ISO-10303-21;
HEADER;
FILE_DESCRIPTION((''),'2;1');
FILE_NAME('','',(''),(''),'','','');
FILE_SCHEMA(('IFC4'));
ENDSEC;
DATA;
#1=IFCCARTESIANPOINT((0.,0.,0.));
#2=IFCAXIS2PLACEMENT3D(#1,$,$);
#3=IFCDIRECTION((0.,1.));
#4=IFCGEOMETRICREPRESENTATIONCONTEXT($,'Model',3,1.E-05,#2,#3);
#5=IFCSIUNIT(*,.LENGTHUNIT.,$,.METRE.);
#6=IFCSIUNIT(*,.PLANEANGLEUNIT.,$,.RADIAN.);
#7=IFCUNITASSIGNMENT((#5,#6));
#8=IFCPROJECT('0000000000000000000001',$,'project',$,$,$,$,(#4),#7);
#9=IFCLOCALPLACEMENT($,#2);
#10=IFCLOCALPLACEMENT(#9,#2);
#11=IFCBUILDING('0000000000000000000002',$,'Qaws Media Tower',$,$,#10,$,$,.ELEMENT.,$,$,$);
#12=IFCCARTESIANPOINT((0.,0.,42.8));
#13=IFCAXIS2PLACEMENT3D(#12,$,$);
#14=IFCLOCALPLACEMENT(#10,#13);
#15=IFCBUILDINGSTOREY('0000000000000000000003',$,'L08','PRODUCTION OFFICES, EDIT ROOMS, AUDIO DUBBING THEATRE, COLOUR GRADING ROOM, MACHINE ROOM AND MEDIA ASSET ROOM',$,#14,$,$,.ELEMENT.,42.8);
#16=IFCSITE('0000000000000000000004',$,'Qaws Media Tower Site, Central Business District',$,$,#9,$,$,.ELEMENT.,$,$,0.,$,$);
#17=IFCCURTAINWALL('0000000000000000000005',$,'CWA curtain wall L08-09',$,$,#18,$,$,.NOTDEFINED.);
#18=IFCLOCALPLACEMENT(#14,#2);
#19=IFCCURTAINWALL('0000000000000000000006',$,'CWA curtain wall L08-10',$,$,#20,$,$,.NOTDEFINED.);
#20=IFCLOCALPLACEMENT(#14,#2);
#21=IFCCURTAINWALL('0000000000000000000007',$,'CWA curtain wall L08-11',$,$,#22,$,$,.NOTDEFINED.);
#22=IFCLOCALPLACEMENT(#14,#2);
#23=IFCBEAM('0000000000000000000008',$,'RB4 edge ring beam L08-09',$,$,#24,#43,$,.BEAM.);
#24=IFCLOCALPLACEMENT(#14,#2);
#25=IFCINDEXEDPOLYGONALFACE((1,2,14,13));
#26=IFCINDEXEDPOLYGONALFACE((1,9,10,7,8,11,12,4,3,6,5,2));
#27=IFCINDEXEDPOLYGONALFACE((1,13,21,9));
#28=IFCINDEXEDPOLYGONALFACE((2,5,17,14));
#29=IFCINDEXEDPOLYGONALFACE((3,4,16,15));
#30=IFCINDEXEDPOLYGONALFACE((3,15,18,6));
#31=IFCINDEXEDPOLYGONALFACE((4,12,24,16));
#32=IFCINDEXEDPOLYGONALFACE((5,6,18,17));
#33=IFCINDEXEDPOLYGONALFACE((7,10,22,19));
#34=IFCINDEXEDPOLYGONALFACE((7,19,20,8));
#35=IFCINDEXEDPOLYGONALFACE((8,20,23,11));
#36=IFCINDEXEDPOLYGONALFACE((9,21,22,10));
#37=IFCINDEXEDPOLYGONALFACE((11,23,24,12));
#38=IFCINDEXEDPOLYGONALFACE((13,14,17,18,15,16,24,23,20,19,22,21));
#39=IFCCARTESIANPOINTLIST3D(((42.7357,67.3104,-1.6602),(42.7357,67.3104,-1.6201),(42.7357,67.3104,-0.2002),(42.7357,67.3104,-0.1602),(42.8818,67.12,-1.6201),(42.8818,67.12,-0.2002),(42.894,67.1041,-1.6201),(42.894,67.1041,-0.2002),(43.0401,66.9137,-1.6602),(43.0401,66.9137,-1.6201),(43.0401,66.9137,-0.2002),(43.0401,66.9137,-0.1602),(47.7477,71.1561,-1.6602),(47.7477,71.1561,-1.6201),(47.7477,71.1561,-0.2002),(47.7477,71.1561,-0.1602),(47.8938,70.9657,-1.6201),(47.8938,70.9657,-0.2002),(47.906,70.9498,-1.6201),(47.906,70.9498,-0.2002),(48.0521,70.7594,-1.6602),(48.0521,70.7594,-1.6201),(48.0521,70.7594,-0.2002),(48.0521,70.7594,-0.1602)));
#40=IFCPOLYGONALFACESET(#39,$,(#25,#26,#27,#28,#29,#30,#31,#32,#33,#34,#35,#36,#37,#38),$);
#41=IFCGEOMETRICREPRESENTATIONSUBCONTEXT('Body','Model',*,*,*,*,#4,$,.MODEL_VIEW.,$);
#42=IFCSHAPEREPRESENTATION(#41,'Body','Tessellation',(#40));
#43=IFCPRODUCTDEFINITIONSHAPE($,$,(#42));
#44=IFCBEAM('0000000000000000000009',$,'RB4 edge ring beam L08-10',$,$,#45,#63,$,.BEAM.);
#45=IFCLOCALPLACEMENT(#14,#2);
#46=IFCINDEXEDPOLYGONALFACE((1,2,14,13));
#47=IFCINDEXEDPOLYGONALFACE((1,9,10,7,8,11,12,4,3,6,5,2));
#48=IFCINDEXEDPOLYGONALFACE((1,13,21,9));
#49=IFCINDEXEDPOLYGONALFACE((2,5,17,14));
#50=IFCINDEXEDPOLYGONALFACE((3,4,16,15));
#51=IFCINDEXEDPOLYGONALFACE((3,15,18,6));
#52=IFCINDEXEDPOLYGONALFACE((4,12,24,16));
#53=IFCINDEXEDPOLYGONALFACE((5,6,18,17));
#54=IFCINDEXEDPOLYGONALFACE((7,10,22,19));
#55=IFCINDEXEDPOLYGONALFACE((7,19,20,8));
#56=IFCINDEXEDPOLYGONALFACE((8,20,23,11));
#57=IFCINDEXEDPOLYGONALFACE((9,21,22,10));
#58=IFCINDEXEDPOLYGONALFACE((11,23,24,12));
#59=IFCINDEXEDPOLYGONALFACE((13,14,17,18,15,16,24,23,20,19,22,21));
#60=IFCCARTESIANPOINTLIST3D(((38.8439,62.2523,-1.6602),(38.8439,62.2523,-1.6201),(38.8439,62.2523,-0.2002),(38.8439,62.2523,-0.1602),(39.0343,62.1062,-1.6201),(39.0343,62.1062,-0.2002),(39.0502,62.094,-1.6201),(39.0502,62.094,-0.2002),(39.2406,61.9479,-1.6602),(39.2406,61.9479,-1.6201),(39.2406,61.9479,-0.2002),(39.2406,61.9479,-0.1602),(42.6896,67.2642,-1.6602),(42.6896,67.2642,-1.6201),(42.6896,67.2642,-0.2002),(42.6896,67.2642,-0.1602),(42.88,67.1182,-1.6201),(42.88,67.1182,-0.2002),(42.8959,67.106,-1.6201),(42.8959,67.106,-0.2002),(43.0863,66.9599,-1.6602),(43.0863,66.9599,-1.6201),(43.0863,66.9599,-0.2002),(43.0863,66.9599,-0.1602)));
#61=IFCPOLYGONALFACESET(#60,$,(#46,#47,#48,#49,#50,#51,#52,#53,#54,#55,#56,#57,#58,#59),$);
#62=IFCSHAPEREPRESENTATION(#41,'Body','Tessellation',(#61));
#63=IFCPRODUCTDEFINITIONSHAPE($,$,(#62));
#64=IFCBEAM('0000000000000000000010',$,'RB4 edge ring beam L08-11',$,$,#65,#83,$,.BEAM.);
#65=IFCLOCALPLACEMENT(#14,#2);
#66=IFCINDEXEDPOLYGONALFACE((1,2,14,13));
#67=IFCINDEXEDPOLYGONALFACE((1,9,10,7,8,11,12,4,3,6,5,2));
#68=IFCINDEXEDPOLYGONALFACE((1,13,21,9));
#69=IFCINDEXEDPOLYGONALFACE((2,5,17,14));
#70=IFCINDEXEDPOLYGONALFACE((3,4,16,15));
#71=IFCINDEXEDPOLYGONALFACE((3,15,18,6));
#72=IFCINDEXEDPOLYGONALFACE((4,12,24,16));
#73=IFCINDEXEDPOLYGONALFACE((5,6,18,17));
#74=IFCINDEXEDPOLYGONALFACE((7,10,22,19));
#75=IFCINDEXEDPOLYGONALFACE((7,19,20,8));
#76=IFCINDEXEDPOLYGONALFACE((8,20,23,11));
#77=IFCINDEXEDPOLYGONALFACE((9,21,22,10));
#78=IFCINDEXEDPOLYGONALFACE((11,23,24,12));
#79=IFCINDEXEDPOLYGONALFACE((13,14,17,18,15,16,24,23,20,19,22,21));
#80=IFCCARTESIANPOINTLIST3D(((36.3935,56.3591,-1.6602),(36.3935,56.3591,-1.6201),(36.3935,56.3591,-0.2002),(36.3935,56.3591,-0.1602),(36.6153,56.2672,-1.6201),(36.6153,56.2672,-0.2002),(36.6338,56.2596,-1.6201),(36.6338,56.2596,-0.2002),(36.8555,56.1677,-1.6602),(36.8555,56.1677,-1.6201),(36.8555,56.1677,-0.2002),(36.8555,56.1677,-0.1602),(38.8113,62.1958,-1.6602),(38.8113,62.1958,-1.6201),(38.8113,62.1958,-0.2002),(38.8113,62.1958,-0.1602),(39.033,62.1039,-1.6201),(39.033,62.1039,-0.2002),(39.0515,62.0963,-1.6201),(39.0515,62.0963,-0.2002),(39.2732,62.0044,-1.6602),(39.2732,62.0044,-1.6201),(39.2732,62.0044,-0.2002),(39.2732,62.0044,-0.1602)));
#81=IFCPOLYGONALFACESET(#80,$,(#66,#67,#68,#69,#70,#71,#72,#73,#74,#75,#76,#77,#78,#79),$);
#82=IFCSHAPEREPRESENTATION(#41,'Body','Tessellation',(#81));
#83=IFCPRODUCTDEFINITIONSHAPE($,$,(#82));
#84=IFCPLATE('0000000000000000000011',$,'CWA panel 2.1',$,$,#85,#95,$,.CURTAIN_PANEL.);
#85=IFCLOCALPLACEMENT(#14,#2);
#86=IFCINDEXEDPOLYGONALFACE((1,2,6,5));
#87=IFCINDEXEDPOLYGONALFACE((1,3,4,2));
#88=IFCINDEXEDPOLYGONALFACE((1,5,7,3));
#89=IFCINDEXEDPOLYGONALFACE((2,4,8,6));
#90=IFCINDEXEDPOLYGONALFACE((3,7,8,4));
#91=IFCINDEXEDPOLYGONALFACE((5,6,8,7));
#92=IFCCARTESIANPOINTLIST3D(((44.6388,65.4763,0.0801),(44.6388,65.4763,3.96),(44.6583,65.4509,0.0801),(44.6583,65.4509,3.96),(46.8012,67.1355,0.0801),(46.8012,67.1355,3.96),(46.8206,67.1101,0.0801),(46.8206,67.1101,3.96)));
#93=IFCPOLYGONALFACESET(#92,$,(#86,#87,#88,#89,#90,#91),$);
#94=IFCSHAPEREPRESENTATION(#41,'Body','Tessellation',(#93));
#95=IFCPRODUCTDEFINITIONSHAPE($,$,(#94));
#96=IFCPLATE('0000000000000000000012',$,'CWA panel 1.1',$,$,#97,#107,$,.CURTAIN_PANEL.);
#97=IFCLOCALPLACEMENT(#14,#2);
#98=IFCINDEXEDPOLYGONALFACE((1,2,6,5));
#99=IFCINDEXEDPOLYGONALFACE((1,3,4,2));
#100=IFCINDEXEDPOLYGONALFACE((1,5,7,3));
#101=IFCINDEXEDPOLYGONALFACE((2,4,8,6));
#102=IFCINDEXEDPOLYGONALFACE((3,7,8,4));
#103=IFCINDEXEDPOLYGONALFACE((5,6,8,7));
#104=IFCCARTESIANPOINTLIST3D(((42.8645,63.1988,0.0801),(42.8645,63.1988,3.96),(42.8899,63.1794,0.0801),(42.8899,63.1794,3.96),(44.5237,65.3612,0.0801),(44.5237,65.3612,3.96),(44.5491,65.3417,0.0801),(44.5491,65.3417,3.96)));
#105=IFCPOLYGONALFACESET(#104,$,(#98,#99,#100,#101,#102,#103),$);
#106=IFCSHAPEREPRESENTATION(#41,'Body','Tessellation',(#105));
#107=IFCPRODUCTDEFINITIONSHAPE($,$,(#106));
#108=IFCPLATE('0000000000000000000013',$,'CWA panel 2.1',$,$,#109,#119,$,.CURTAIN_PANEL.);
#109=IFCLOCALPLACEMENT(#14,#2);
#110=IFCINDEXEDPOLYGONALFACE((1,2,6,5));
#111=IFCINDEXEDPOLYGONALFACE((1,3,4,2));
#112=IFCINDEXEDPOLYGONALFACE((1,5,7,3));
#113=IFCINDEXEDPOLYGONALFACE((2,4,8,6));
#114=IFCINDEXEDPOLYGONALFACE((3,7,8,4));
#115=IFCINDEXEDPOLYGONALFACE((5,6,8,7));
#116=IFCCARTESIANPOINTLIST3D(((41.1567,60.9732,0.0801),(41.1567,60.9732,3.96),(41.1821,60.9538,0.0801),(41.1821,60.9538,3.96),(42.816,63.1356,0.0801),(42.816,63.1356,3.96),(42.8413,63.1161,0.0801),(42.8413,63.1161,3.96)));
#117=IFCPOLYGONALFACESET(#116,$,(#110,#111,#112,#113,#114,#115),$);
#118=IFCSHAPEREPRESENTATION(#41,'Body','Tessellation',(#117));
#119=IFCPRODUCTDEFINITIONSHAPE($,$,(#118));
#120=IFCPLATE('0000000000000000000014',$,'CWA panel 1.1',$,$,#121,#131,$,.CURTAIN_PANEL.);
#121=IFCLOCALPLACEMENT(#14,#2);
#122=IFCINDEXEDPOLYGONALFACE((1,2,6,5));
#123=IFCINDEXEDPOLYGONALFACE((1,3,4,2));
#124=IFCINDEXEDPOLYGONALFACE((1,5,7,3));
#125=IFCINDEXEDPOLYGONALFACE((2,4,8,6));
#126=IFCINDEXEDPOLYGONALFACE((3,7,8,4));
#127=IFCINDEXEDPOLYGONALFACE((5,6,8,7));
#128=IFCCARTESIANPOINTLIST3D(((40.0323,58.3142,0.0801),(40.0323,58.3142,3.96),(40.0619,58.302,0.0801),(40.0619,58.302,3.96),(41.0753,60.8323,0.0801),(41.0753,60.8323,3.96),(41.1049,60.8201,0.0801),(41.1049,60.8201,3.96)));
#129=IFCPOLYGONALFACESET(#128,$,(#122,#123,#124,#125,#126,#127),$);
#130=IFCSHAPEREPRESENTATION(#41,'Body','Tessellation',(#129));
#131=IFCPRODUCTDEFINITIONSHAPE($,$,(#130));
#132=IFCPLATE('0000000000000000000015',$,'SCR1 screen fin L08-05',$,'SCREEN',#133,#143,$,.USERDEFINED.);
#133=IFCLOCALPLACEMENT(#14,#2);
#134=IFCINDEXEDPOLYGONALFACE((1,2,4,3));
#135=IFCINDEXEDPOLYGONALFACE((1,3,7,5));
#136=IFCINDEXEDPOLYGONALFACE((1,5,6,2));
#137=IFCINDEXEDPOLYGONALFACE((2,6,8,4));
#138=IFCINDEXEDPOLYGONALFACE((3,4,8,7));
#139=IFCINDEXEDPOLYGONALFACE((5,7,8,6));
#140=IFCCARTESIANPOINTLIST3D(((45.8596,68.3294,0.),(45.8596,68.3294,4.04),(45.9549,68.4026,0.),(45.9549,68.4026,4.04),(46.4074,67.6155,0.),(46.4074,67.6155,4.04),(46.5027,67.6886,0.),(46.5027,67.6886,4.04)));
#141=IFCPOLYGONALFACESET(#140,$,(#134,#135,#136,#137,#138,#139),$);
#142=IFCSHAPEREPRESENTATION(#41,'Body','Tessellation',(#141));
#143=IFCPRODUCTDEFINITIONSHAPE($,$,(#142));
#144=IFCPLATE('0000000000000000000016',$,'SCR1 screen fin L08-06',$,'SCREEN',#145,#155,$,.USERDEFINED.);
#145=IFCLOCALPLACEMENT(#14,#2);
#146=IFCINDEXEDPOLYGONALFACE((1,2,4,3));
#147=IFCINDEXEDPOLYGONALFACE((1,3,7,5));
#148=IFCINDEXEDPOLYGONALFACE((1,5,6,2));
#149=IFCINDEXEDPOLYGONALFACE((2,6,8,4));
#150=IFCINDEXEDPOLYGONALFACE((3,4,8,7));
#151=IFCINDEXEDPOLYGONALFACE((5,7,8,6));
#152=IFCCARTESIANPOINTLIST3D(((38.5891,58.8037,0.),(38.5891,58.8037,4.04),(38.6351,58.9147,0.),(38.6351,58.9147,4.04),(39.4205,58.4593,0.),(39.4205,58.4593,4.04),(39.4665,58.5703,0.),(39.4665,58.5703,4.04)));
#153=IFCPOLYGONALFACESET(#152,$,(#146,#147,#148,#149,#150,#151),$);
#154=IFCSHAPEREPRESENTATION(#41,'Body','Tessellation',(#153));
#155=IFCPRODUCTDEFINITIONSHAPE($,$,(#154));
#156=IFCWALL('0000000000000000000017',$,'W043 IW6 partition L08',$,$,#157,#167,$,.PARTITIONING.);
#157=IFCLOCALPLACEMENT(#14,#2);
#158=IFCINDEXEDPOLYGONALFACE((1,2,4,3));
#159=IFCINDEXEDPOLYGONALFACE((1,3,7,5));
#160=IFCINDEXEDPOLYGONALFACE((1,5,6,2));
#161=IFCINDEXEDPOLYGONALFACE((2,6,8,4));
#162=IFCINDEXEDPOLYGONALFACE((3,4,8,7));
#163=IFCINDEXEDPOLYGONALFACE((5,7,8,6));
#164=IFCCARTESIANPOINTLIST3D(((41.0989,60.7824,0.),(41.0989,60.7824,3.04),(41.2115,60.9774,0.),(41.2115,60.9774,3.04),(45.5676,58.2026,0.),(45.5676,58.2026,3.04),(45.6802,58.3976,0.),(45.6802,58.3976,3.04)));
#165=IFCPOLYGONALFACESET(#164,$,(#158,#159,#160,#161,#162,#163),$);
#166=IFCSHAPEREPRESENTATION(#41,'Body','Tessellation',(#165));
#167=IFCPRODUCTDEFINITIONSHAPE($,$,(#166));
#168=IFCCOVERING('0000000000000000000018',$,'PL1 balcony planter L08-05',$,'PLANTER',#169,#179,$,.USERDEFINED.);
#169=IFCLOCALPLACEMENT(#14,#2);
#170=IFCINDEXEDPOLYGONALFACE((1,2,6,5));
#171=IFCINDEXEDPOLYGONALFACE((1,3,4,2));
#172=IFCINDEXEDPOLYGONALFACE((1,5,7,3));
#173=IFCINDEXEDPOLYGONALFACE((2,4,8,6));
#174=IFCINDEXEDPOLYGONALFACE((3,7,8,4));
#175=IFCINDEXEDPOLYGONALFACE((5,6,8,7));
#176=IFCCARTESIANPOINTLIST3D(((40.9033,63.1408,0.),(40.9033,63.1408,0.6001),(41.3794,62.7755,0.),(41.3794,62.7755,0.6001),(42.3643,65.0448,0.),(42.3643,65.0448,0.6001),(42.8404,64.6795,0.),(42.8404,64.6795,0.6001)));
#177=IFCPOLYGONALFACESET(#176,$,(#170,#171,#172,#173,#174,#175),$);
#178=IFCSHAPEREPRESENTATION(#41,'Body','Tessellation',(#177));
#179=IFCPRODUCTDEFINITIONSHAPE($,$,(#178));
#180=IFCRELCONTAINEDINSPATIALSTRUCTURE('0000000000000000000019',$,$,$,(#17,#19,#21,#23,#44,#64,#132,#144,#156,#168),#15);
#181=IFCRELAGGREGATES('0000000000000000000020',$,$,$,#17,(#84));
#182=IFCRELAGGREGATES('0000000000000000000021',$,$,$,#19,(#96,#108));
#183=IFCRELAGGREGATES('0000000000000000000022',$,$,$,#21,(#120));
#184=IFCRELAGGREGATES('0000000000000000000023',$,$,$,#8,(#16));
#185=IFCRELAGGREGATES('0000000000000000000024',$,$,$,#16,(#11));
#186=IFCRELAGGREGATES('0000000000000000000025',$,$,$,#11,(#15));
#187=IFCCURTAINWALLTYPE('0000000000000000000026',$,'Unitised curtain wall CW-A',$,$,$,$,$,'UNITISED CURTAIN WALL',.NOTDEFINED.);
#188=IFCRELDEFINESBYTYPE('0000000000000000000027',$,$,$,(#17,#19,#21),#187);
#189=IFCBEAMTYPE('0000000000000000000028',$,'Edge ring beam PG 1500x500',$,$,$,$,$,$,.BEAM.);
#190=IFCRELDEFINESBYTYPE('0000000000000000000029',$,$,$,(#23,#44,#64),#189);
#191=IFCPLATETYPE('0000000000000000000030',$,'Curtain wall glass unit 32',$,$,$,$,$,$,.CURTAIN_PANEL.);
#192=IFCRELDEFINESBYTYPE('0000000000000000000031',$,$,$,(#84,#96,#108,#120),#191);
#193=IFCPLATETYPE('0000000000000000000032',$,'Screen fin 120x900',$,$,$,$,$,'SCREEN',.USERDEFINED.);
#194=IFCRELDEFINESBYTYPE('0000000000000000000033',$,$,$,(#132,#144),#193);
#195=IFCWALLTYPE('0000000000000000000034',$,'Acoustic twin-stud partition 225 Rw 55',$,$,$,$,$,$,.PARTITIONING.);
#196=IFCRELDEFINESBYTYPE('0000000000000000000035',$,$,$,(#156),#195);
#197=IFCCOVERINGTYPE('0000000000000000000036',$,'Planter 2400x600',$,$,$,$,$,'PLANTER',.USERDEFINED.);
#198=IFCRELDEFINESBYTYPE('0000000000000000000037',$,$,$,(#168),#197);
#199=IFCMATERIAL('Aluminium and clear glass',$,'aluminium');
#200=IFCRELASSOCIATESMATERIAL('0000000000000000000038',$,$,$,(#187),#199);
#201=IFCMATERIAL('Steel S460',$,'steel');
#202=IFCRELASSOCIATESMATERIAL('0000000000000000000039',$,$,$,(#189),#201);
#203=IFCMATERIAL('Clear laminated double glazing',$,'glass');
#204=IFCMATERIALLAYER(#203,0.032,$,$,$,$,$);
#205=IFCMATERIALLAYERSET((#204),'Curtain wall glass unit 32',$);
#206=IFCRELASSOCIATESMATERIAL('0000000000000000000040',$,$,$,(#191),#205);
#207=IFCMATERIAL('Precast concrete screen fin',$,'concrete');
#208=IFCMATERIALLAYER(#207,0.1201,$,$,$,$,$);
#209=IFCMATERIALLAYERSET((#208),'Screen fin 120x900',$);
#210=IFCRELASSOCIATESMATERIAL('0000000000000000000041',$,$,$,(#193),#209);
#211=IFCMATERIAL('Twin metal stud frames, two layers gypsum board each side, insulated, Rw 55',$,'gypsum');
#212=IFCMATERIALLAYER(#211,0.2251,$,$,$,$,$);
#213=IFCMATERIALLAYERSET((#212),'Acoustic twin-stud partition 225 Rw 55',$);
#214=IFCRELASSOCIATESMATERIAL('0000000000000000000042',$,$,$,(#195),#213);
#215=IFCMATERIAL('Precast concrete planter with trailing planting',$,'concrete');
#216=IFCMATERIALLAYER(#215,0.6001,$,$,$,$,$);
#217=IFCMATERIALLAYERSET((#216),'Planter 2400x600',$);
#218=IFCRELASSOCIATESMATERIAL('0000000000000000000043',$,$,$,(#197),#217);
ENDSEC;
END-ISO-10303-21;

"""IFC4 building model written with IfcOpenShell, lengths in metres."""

from ifc_helpers import new_model, si_unit, direction, frame, frame_2d, origin, origin_2d, place, context, subcontext, project, spatial, rectangle, i_section, extrude, material, layer, layer_set, material_profile, profile_set, type_object, element, aggregate, save


model = new_model("IFC4")

# Units and contexts
model_context = context("Model", 3, precision=1e-05, world=origin(), true_north=direction((0.0, 1.0)))
body_context = subcontext(model_context, "Body", "Model", "MODEL_VIEW")
ifc_project = project(units=[si_unit("LENGTHUNIT", "METRE"), si_unit("PLANEANGLEUNIT", "RADIAN")], contexts=[model_context])

# Site, building, storey
site_placement = place(None, origin())
site = spatial("IfcSite", under=ifc_project, at=site_placement, Name="Qaws Media Tower Site, Central Business District", CompositionType="ELEMENT", RefElevation=0.0)
building_placement = place(site_placement, origin())
building = spatial("IfcBuilding", under=site, at=building_placement, Name="Qaws Media Tower", CompositionType="ELEMENT")
storey_placement = place(building_placement, frame((0.0, 0.0, 42.8)))
storey = spatial("IfcBuildingStorey", under=building, at=storey_placement, Name="L08", Description="PRODUCTION OFFICES, EDIT ROOMS, AUDIO DUBBING THEATRE, COLOUR GRADING ROOM, MACHINE ROOM AND MEDIA ASSET ROOM", CompositionType="ELEMENT", Elevation=42.8)

# Curtain walls
ifc_material_1 = material(Name="Aluminium and clear glass", Category="aluminium")
curtain_wall_type = type_object("IfcCurtainWallType", Name="Unitised curtain wall CW-A", ElementType="UNITISED CURTAIN WALL", PredefinedType="NOTDEFINED", material=ifc_material_1)
curtain_wall_1_placement = place(storey_placement, origin())
curtain_wall_1 = element("IfcCurtainWall", 1, at=curtain_wall_1_placement, inside=storey, type_object=curtain_wall_type, Name="CWA curtain wall L08-09", PredefinedType="NOTDEFINED")
curtain_wall_2_placement = place(storey_placement, origin())
curtain_wall_2 = element("IfcCurtainWall", 2, at=curtain_wall_2_placement, inside=storey, type_object=curtain_wall_type, Name="CWA curtain wall L08-10", PredefinedType="NOTDEFINED")

# Curtain wall
curtain_wall_3_placement = place(storey_placement, origin())
curtain_wall_3 = element("IfcCurtainWall", 3, at=curtain_wall_3_placement, inside=storey, type_object=curtain_wall_type, Name="CWA curtain wall L08-11", PredefinedType="NOTDEFINED")

# Beams
ifc_material_2 = material(Name="Steel S460", Category="steel")
ifc_material_profile_1 = material_profile(ifc_material_2, i_section(OverallWidth=0.5, OverallDepth=1.5, WebThickness=0.02, FlangeThickness=0.04, at=origin_2d()), Name="PG 1500x500")
ifc_profile_set_1 = profile_set([ifc_material_profile_1], Name="Steel S460")
beam_type = type_object("IfcBeamType", Name="Edge ring beam PG 1500x500", PredefinedType="BEAM", material=ifc_profile_set_1)
for number, where, z_axis, x_axis, name in (
    (4, (47.8999, 70.9578, -0.9102), (-0.793362, -0.60875, 0.0), (0.60875, -0.793362, 0.0), "RB4 edge ring beam L08-09"),
    (5, (42.8879, 67.1121, -0.9102), (-0.60875, -0.793362, 0.0), (0.793362, -0.60875, 0.0), "RB4 edge ring beam L08-10"),
):
    element("IfcBeam", number, at=place(storey_placement, frame(where, z_axis=z_axis, x_axis=x_axis)), inside=storey, type_object=beam_type, Name=name, PredefinedType="BEAM", context=body_context, shape_type="SweptSolid", body=[
        extrude(i_section(OverallWidth=0.5, OverallDepth=1.5, WebThickness=0.02, FlangeThickness=0.04, at=origin_2d()), origin(), (0.0, 0.0, 1.0), 6.3174),
    ])
beam_placement = place(storey_placement, frame((39.0422, 62.1001, -0.9102), z_axis=(-0.382697, -0.923874, 0.0), x_axis=(0.923874, -0.382697, 0.0)))
element("IfcBeam", 6, at=beam_placement, inside=storey, type_object=beam_type, Name="RB4 edge ring beam L08-11", PredefinedType="BEAM", context=body_context, shape_type="SweptSolid", body=[
    extrude(i_section(OverallWidth=0.5, OverallDepth=1.5, WebThickness=0.02, FlangeThickness=0.04, at=origin_2d()), origin(), (0.0, 0.0, 1.0), 6.3176),
])

# Plates
ifc_material_3 = material(Name="Clear laminated double glazing", Category="glass")
ifc_layer_1 = layer(ifc_material_3, 0.032)
ifc_layer_set_1 = layer_set([ifc_layer_1], Name="Curtain wall glass unit 32")
plate_type_1 = type_object("IfcPlateType", Name="Curtain wall glass unit 32", PredefinedType="CURTAIN_PANEL", material=ifc_layer_set_1)
plate_1_placement = place(storey_placement, frame((45.7297, 66.2932, 0.0801), z_axis=(0.0, 0.0, 1.0), x_axis=(-0.793353, -0.608761, 0.0)))
plate_1 = element("IfcPlate", 7, at=plate_1_placement, type_object=plate_type_1, Name="CWA panel 2.1", PredefinedType="CURTAIN_PANEL", context=body_context, shape_type="SweptSolid", body=[
    extrude(rectangle(XDim=2.7256, YDim=0.032, at=origin_2d()), origin(), (0.0, 0.0, 1.0), 3.8799),
])
aggregate(curtain_wall_1, [plate_1])
plate_2_placement = place(storey_placement, frame((43.7068, 64.2703, 0.0801), z_axis=(0.0, 0.0, 1.0), x_axis=(-0.608761, -0.793353, 0.0)))
plate_2 = element("IfcPlate", 8, at=plate_2_placement, type_object=plate_type_1, Name="CWA panel 1.1", PredefinedType="CURTAIN_PANEL", context=body_context, shape_type="SweptSolid", body=[
    extrude(rectangle(XDim=2.7256, YDim=0.032, at=origin_2d()), origin(), (0.0, 0.0, 1.0), 3.8799),
])
plate_3_placement = place(storey_placement, frame((41.999, 62.0447, 0.0801), z_axis=(0.0, 0.0, 1.0), x_axis=(-0.608761, -0.793353, 0.0)))
plate_3 = element("IfcPlate", 9, at=plate_3_placement, type_object=plate_type_1, Name="CWA panel 2.1", PredefinedType="CURTAIN_PANEL", context=body_context, shape_type="SweptSolid", body=[
    extrude(rectangle(XDim=2.7256, YDim=0.032, at=origin_2d()), origin(), (0.0, 0.0, 1.0), 3.8799),
])
aggregate(curtain_wall_2, [plate_2, plate_3])
plate_4_placement = place(storey_placement, frame((40.5686, 59.5671, 0.0801), z_axis=(0.0, 0.0, 1.0), x_axis=(-0.382683, -0.92388, 0.0)))
plate_4 = element("IfcPlate", 10, at=plate_4_placement, type_object=plate_type_1, Name="CWA panel 1.1", PredefinedType="CURTAIN_PANEL", context=body_context, shape_type="SweptSolid", body=[
    extrude(rectangle(XDim=2.7256, YDim=0.032, at=origin_2d()), origin(), (0.0, 0.0, 1.0), 3.8799),
])
aggregate(curtain_wall_3, [plate_4])

# Plates
ifc_material_4 = material(Name="Precast concrete screen fin", Category="concrete")
ifc_layer_2 = layer(ifc_material_4, 0.1201)
ifc_layer_set_2 = layer_set([ifc_layer_2], Name="Screen fin 120x900")
plate_type_2 = type_object("IfcPlateType", Name="Screen fin 120x900", ElementType="SCREEN", PredefinedType="USERDEFINED", material=ifc_layer_set_2)
for number, where, z_axis, x_axis, name in (
    (11, (46.1812, 68.009, 0.0), (0.0, 0.0, 1.0), (-0.608761, 0.793353, 0.0), "SCR1 screen fin L08-05"),
    (12, (39.0278, 58.687, 0.0), (0.0, 0.0, 1.0), (-0.92388, 0.382683, 0.0), "SCR1 screen fin L08-06"),
):
    element("IfcPlate", number, at=place(storey_placement, frame(where, z_axis=z_axis, x_axis=x_axis)), inside=storey, type_object=plate_type_2, Name=name, ObjectType="SCREEN", PredefinedType="USERDEFINED", context=body_context, shape_type="SweptSolid", body=[
        extrude(rectangle(XDim=0.8999, YDim=0.1201, at=origin_2d()), origin(), (0.0, 0.0, 1.0), 4.04),
    ])

# Wall
ifc_material_5 = material(Name="Twin metal stud frames, two layers gypsum board each side, insulated, Rw 55", Category="gypsum")
ifc_layer_3 = layer(ifc_material_5, 0.2251)
ifc_layer_set_3 = layer_set([ifc_layer_3], Name="Acoustic twin-stud partition 225 Rw 55")
wall_type_1 = type_object("IfcWallType", Name="Acoustic twin-stud partition 225 Rw 55", PredefinedType="PARTITIONING", material=ifc_layer_set_3)
wall_1_placement = place(storey_placement, frame((45.624, 58.3, 0.0), z_axis=(0.0, 0.0, 1.0), x_axis=(-0.866042, 0.499971, 0.0)))
element("IfcWall", 13, at=wall_1_placement, inside=storey, type_object=wall_type_1, Name="W043 IW6 partition L08", PredefinedType="PARTITIONING", context=body_context, shape_type="SweptSolid", body=[
    extrude(rectangle(XDim=5.1599, YDim=0.2251, at=frame_2d((2.5801, 0.0))), origin(), (0.0, 0.0, 1.0), 3.04),
])

# Covering
ifc_material_6 = material(Name="Precast concrete planter with trailing planting", Category="concrete")
ifc_layer_4 = layer(ifc_material_6, 0.6001)
ifc_layer_set_4 = layer_set([ifc_layer_4], Name="Planter 2400x600")
covering_type = type_object("IfcCoveringType", Name="Planter 2400x600", ElementType="PLANTER", PredefinedType="USERDEFINED", material=ifc_layer_set_4)
covering_placement = place(storey_placement, frame((41.8718, 63.9102, 0.0), z_axis=(0.0, 0.0, 1.0), x_axis=(-0.608761, -0.793353, 0.0)))
element("IfcCovering", 14, at=covering_placement, inside=storey, type_object=covering_type, Name="PL1 balcony planter L08-05", ObjectType="PLANTER", PredefinedType="USERDEFINED", context=body_context, shape_type="SweptSolid", body=[
    extrude(rectangle(XDim=2.3999, YDim=0.6001, at=origin_2d()), origin(), (0.0, 0.0, 1.0), 0.6001),
])

save(model, "model.ifc")
